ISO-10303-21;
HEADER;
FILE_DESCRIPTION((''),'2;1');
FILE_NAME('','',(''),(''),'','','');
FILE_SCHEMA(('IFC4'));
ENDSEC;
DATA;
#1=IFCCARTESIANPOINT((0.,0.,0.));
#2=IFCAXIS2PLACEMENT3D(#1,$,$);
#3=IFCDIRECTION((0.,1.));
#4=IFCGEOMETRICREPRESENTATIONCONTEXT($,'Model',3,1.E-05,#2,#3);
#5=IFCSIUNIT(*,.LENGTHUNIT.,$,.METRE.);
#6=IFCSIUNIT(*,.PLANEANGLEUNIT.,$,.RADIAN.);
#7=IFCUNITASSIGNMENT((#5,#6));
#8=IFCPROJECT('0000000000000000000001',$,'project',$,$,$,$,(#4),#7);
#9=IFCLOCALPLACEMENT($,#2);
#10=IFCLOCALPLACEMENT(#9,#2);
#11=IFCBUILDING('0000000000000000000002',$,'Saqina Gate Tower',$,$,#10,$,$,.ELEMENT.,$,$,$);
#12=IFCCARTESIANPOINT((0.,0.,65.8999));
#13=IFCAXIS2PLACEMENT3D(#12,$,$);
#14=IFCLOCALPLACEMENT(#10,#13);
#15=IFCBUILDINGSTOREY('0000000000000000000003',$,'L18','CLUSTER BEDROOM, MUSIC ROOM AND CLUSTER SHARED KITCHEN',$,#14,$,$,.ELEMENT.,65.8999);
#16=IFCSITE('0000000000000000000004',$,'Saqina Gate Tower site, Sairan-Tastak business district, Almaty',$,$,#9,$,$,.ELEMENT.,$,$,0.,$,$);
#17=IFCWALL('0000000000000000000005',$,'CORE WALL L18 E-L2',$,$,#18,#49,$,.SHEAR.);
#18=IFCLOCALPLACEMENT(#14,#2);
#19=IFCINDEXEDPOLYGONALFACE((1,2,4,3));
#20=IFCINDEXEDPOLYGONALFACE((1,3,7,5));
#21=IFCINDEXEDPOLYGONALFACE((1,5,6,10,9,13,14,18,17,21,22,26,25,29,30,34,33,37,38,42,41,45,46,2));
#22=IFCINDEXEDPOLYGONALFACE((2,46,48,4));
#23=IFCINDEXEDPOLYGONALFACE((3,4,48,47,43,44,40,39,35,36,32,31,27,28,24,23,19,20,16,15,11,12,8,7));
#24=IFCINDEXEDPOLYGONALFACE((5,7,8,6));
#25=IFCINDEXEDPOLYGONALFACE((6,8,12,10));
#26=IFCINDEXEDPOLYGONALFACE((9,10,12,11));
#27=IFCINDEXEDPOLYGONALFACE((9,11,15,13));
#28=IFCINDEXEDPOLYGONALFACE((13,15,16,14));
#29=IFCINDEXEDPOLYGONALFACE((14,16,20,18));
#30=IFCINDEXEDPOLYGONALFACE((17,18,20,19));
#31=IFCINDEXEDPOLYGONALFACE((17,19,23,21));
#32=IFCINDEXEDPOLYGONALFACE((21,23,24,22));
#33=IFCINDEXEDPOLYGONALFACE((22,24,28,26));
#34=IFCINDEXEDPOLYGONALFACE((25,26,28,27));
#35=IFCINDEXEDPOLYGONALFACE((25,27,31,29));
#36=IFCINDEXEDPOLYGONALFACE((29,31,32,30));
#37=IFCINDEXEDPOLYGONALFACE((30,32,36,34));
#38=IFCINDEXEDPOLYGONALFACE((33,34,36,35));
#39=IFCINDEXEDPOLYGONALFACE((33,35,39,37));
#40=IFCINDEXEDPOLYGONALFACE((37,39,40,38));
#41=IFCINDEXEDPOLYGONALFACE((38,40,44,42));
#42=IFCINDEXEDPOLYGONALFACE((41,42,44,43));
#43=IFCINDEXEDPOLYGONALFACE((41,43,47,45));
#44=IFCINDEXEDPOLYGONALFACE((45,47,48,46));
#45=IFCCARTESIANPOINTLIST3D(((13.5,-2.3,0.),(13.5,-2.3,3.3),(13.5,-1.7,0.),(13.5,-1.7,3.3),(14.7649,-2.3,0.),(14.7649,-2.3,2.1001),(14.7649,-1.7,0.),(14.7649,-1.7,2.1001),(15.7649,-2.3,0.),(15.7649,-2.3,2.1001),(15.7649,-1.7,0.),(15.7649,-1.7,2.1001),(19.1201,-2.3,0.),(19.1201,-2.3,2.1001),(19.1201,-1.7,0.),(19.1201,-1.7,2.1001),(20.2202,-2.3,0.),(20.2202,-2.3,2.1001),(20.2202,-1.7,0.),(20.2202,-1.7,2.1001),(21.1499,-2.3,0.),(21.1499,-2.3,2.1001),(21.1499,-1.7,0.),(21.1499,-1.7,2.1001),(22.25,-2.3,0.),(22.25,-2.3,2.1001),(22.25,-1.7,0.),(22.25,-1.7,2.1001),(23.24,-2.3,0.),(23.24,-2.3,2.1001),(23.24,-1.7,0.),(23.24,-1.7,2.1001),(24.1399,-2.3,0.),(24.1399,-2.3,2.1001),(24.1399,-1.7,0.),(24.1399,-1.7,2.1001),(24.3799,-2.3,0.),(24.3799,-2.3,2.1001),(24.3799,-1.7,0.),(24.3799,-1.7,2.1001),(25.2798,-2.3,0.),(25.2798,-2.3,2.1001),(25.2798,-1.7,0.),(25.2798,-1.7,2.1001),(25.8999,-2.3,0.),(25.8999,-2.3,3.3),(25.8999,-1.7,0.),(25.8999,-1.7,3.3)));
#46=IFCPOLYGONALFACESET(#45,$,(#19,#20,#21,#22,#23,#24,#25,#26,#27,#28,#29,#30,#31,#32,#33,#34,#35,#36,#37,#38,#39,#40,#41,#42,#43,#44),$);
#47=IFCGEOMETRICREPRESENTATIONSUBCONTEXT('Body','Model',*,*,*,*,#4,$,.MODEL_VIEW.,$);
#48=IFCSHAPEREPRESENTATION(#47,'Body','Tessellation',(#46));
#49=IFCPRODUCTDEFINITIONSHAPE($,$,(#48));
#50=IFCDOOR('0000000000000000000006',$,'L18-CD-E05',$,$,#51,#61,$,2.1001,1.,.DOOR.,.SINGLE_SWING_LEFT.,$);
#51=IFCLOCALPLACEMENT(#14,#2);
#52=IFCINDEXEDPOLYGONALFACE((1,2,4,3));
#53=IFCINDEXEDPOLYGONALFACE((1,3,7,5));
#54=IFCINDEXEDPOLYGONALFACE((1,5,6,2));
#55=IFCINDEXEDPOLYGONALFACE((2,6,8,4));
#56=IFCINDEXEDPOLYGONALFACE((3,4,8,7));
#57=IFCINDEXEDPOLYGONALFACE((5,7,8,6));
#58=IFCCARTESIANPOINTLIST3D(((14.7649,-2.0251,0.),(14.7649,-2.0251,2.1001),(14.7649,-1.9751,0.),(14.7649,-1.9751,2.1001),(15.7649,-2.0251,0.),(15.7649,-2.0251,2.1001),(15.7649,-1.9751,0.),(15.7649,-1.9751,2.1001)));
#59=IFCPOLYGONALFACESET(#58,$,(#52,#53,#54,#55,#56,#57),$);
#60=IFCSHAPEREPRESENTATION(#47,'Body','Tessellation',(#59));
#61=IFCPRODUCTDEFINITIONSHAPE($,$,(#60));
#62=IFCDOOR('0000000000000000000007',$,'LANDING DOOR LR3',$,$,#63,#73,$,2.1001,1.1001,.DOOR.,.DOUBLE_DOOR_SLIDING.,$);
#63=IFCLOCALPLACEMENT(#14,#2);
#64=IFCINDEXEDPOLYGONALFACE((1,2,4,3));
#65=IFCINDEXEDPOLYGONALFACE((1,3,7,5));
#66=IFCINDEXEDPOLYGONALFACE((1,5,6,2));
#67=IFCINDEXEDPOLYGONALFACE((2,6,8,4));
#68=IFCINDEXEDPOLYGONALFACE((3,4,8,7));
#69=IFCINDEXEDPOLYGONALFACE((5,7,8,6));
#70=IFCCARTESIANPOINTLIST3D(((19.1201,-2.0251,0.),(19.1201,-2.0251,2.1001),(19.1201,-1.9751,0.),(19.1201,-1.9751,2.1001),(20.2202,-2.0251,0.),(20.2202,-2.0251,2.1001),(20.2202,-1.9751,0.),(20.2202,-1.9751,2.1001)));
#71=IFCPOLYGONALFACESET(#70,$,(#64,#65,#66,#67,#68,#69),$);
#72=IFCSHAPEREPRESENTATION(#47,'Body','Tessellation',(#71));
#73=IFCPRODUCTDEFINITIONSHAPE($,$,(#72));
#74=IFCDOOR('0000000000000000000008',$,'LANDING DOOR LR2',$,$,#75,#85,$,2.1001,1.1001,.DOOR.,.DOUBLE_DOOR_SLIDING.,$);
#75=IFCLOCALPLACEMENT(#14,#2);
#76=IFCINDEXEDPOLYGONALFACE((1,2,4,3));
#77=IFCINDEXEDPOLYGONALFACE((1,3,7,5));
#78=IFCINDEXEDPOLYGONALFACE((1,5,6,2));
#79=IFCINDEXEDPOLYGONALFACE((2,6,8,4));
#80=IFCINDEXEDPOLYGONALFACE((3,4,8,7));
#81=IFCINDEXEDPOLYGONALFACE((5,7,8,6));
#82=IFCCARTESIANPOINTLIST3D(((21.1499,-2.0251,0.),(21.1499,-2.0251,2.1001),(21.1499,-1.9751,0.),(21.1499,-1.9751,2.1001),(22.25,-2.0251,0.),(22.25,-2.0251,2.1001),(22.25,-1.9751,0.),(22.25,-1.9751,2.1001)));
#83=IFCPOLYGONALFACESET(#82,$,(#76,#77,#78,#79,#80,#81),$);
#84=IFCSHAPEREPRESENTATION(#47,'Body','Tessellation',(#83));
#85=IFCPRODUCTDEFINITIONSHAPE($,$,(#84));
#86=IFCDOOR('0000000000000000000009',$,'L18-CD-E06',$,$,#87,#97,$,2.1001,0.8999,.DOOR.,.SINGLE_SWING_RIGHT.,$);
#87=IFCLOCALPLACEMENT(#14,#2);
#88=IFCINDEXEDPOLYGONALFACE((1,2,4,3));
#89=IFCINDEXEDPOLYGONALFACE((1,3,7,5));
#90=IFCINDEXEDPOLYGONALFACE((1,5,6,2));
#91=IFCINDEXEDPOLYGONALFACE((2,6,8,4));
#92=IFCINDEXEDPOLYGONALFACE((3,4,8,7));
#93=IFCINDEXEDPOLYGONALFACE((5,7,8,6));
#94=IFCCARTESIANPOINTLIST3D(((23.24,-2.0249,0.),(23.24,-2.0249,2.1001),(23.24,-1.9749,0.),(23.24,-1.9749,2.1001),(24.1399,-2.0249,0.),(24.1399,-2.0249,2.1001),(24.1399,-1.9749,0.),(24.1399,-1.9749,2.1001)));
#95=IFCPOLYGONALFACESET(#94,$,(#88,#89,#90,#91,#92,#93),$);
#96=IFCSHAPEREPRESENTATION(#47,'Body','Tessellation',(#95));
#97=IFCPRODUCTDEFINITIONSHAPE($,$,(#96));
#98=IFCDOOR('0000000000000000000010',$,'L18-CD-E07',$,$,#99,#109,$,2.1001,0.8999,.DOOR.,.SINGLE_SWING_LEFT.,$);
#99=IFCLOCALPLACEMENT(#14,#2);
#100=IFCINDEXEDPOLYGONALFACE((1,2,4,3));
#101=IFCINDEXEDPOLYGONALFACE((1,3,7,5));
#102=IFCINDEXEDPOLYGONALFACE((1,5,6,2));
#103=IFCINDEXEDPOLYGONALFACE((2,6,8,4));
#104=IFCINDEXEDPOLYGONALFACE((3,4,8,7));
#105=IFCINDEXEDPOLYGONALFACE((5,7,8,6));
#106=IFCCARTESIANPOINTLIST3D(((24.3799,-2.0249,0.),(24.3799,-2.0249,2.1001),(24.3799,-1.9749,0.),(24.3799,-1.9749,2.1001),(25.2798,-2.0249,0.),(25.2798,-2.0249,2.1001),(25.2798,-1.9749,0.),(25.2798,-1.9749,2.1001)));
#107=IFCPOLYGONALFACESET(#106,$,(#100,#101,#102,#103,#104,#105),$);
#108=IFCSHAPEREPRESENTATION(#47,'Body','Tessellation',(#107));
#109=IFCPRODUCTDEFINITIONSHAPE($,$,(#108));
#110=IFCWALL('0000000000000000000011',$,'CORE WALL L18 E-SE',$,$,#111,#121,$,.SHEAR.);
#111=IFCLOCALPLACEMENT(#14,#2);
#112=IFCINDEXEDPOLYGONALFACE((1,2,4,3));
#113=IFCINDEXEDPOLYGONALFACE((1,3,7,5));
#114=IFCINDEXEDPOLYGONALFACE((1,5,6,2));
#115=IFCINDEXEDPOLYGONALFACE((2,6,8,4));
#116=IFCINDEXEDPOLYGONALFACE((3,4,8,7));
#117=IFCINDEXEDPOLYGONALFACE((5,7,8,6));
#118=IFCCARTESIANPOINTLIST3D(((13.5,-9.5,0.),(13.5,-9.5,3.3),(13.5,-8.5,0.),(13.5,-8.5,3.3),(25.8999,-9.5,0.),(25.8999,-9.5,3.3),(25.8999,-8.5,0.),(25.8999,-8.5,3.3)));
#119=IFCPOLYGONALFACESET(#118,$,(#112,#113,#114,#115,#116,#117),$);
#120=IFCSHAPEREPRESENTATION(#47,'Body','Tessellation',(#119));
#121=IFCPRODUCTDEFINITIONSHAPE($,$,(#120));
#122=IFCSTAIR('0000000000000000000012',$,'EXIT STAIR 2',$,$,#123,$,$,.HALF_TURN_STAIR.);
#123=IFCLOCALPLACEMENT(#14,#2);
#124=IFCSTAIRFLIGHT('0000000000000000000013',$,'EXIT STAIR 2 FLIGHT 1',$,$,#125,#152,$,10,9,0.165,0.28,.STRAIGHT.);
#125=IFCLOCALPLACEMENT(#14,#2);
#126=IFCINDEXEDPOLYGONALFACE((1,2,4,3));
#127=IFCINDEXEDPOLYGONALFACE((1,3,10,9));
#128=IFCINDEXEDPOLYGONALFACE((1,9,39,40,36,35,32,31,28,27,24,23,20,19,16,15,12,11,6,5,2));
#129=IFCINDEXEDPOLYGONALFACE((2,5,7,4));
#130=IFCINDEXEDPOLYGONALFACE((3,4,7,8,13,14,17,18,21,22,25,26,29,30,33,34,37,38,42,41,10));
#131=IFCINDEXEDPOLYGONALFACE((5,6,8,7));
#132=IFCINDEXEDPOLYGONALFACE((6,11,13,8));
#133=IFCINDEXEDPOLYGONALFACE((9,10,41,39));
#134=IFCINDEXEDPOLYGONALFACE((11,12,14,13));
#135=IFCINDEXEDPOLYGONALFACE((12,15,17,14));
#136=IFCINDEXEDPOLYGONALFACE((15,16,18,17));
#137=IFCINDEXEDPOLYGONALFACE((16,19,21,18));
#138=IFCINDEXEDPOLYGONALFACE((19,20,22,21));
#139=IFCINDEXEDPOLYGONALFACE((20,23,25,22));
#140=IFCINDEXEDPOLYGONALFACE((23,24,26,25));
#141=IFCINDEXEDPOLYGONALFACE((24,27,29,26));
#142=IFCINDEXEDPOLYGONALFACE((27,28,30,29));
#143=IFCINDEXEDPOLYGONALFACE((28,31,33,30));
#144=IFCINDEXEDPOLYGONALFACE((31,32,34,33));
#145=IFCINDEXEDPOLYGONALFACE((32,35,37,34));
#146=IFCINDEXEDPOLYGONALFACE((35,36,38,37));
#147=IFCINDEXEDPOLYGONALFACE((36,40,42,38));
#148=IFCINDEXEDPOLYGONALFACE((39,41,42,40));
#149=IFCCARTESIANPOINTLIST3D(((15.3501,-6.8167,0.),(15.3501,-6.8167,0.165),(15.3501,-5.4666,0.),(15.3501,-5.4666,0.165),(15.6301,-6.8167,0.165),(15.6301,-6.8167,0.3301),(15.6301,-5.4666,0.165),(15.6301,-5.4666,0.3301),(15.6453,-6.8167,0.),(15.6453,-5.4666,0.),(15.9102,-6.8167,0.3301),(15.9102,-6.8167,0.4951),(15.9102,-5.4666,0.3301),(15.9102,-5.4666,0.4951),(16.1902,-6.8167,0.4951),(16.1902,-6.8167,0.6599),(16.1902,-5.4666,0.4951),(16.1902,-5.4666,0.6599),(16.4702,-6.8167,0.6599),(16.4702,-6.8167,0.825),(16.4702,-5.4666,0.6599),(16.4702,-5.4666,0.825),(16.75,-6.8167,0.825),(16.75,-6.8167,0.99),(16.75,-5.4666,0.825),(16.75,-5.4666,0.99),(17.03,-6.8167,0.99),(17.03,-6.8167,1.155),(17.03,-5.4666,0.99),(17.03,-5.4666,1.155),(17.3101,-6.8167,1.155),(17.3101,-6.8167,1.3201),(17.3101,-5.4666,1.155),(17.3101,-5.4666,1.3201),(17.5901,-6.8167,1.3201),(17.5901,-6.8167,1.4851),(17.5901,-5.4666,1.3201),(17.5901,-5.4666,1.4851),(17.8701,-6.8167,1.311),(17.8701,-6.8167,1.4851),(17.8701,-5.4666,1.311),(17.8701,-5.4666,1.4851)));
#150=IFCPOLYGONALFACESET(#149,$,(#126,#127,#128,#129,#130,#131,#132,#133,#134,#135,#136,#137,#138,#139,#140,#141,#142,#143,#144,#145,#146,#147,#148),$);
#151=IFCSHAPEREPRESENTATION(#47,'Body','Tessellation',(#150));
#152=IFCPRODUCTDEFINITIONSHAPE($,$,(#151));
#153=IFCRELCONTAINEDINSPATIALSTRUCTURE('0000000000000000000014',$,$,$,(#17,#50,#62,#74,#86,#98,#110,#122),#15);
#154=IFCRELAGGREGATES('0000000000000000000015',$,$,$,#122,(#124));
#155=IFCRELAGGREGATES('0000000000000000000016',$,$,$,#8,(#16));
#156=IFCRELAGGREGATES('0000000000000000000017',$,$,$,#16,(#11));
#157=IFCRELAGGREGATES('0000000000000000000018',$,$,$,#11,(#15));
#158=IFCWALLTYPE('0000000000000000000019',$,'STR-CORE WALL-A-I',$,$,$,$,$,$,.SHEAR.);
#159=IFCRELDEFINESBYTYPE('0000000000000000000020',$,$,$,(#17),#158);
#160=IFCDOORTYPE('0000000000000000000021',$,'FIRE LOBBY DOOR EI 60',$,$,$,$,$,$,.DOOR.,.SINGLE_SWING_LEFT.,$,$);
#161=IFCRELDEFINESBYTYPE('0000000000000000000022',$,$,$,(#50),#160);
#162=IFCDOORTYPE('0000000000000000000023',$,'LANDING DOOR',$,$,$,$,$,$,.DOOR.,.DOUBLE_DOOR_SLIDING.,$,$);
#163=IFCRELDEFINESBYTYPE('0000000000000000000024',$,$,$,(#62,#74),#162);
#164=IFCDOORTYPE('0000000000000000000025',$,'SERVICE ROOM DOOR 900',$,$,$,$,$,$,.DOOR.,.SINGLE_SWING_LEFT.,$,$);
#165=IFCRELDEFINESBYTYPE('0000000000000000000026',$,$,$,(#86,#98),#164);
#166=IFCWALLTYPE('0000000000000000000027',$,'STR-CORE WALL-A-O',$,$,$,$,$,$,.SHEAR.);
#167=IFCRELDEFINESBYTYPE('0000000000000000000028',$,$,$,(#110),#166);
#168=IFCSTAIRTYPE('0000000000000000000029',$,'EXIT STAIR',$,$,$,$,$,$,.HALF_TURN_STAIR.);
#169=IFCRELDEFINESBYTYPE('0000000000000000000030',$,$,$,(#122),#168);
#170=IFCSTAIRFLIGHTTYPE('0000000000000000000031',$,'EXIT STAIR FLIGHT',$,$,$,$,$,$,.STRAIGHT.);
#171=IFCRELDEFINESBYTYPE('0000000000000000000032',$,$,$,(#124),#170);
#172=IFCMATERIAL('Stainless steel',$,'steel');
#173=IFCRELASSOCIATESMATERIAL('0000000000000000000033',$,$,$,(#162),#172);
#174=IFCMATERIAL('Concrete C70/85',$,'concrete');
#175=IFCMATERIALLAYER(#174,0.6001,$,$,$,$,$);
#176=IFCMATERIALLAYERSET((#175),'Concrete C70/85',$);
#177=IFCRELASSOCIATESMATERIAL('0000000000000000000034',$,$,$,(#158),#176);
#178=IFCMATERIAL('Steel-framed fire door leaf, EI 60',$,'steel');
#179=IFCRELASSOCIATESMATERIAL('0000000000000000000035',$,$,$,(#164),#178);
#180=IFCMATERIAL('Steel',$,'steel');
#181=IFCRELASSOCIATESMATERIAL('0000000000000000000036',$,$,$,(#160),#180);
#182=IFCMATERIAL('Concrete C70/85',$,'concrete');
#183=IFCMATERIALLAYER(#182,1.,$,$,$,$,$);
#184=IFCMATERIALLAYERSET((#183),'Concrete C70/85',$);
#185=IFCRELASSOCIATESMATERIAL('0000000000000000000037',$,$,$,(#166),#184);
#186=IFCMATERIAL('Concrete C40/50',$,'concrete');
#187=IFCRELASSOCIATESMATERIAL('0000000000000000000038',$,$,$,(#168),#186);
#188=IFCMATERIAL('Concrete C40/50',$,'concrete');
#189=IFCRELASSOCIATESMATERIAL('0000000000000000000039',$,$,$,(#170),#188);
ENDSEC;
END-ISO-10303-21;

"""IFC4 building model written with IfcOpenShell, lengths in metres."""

from ifc_helpers import new_model, si_unit, direction, frame, frame_2d, origin, place, context, subcontext, project, spatial, polyline, rectangle, outline, extrude, material, layer, layer_set, type_object, element, fill, aggregate, save


model = new_model("IFC4")

# Units and contexts
model_context = context("Model", 3, precision=1e-05, world=origin(), true_north=direction((0.0, 1.0)))
body_context = subcontext(model_context, "Body", "Model", "MODEL_VIEW")
ifc_project = project(units=[si_unit("LENGTHUNIT", "METRE"), si_unit("PLANEANGLEUNIT", "RADIAN")], contexts=[model_context])

# Site, building, storey
site_placement = place(None, origin())
site = spatial("IfcSite", under=ifc_project, at=site_placement, Name="Saqina Gate Tower site, Sairan-Tastak business district, Almaty", CompositionType="ELEMENT", RefElevation=0.0)
building_placement = place(site_placement, origin())
building = spatial("IfcBuilding", under=site, at=building_placement, Name="Saqina Gate Tower", CompositionType="ELEMENT")
storey_placement = place(building_placement, frame((0.0, 0.0, 65.8999)))
storey = spatial("IfcBuildingStorey", under=building, at=storey_placement, Name="L18", Description="CLUSTER BEDROOM, MUSIC ROOM AND CLUSTER SHARED KITCHEN", CompositionType="ELEMENT", Elevation=65.8999)

# Shared definitions
ifc_material_1 = material(Name="Stainless steel", Category="steel")
door_type_1 = type_object("IfcDoorType", Name="LANDING DOOR", OperationType="DOUBLE_DOOR_SLIDING", PredefinedType="DOOR", material=ifc_material_1)

# Wall, openings, doors
ifc_material_2 = material(Name="Concrete C70/85", Category="concrete")
ifc_layer_1 = layer(ifc_material_2, 0.6001)
ifc_layer_set_1 = layer_set([ifc_layer_1], Name="Concrete C70/85")
wall_type_1 = type_object("IfcWallType", Name="STR-CORE WALL-A-I", PredefinedType="SHEAR", material=ifc_layer_set_1)
ifc_material_3 = material(Name="Steel-framed fire door leaf, EI 60", Category="steel")
door_type_2 = type_object("IfcDoorType", Name="SERVICE ROOM DOOR 900", OperationType="SINGLE_SWING_LEFT", PredefinedType="DOOR", material=ifc_material_3)
wall_1_placement = place(storey_placement, frame((13.5, -2.0, 0.0), z_axis=(0.0, 0.0, 1.0), x_axis=(1.0, 0.0, 0.0)))
wall_1 = element("IfcWall", 1, at=wall_1_placement, inside=storey, type_object=wall_type_1, Name="CORE WALL L18 E-L2", PredefinedType="SHEAR", context=body_context, shape_type="SweptSolid", body=[
    extrude(rectangle(XDim=12.3999, YDim=0.6001, at=frame_2d((6.2, 0.0))), origin(), (0.0, 0.0, 1.0), 3.3),
])
opening_1_placement = place(wall_1_placement, frame((5.6201, 0.0, 0.0)))
opening_1 = element("IfcOpeningElement", 2, at=opening_1_placement, cuts=wall_1, PredefinedType="OPENING", context=body_context, shape_type="SweptSolid", body=[
    extrude(rectangle(XDim=1.1001, YDim=2.1001, at=frame_2d((0.55, 1.05))), frame((0.0, 0.312, 0.0), z_axis=(0.0, -1.0, 0.0), x_axis=(1.0, 0.0, 0.0)), (0.0, 0.0, 1.0), 0.624),
])
opening_2_placement = place(wall_1_placement, frame((7.6499, 0.0, 0.0)))
opening_2 = element("IfcOpeningElement", 3, at=opening_2_placement, cuts=wall_1, PredefinedType="OPENING", context=body_context, shape_type="SweptSolid", body=[
    extrude(rectangle(XDim=1.1001, YDim=2.1001, at=frame_2d((0.55, 1.05))), frame((0.0, 0.312, 0.0), z_axis=(0.0, -1.0, 0.0), x_axis=(1.0, 0.0, 0.0)), (0.0, 0.0, 1.0), 0.624),
])
opening_3_placement = place(wall_1_placement, frame((1.2649, 0.0, 0.0)))
opening_3 = element("IfcOpeningElement", 4, at=opening_3_placement, cuts=wall_1, PredefinedType="OPENING", context=body_context, shape_type="SweptSolid", body=[
    extrude(rectangle(XDim=1.0, YDim=2.1001, at=frame_2d((0.5, 1.05))), frame((0.0, 0.312, 0.0), z_axis=(0.0, -1.0, 0.0), x_axis=(1.0, 0.0, 0.0)), (0.0, 0.0, 1.0), 0.624),
])
opening_4_placement = place(wall_1_placement, frame((9.74, 0.0, 0.0)))
opening_4 = element("IfcOpeningElement", 5, at=opening_4_placement, cuts=wall_1, PredefinedType="OPENING", context=body_context, shape_type="SweptSolid", body=[
    extrude(rectangle(XDim=0.8999, YDim=2.1001, at=frame_2d((0.45, 1.05))), frame((0.0, 0.312, 0.0), z_axis=(0.0, -1.0, 0.0), x_axis=(1.0, 0.0, 0.0)), (0.0, 0.0, 1.0), 0.624),
])
opening_5_placement = place(wall_1_placement, frame((10.8799, 0.0, 0.0)))
opening_5 = element("IfcOpeningElement", 6, at=opening_5_placement, cuts=wall_1, PredefinedType="OPENING", context=body_context, shape_type="SweptSolid", body=[
    extrude(rectangle(XDim=0.8999, YDim=2.1001, at=frame_2d((0.45, 1.05))), frame((0.0, 0.312, 0.0), z_axis=(0.0, -1.0, 0.0), x_axis=(1.0, 0.0, 0.0)), (0.0, 0.0, 1.0), 0.624),
])
ifc_material_4 = material(Name="Steel", Category="steel")
door_type_3 = type_object("IfcDoorType", Name="FIRE LOBBY DOOR EI 60", OperationType="SINGLE_SWING_LEFT", PredefinedType="DOOR", material=ifc_material_4)
door_1_placement = place(opening_3_placement, origin())
door_1 = element("IfcDoor", 7, at=door_1_placement, inside=storey, type_object=door_type_3, Name="L18-CD-E05", OperationType="SINGLE_SWING_LEFT", OverallHeight=2.1001, OverallWidth=1.0, PredefinedType="DOOR", context=body_context, shape_type="SweptSolid", body=[
    extrude(rectangle(XDim=1.0, YDim=2.1001, at=frame_2d((0.5, 1.05))), frame((0.0, 0.0249, 0.0), z_axis=(0.0, -1.0, 0.0), x_axis=(1.0, 0.0, 0.0)), (0.0, 0.0, 1.0), 0.05),
])
fill(opening_3, door_1)
door_2_placement = place(opening_1_placement, origin())
door_2 = element("IfcDoor", 8, at=door_2_placement, inside=storey, type_object=door_type_1, Name="LANDING DOOR LR3", OperationType="DOUBLE_DOOR_SLIDING", OverallHeight=2.1001, OverallWidth=1.1001, PredefinedType="DOOR", context=body_context, shape_type="SweptSolid", body=[
    extrude(rectangle(XDim=1.1001, YDim=2.1001, at=frame_2d((0.55, 1.05))), frame((0.0, 0.0249, 0.0), z_axis=(0.0, -1.0, 0.0), x_axis=(1.0, 0.0, 0.0)), (0.0, 0.0, 1.0), 0.05),
])
fill(opening_1, door_2)
door_3_placement = place(opening_2_placement, origin())
door_3 = element("IfcDoor", 9, at=door_3_placement, inside=storey, type_object=door_type_1, Name="LANDING DOOR LR2", OperationType="DOUBLE_DOOR_SLIDING", OverallHeight=2.1001, OverallWidth=1.1001, PredefinedType="DOOR", context=body_context, shape_type="SweptSolid", body=[
    extrude(rectangle(XDim=1.1001, YDim=2.1001, at=frame_2d((0.55, 1.05))), frame((0.0, 0.0249, 0.0), z_axis=(0.0, -1.0, 0.0), x_axis=(1.0, 0.0, 0.0)), (0.0, 0.0, 1.0), 0.05),
])
fill(opening_2, door_3)
door_4_placement = place(opening_4_placement, frame((0.8999, 0.0, 0.0), z_axis=(0.0, 0.0, 1.0), x_axis=(-1.0, 0.0, 0.0)))
door_4 = element("IfcDoor", 10, at=door_4_placement, inside=storey, type_object=door_type_2, Name="L18-CD-E06", OperationType="SINGLE_SWING_RIGHT", OverallHeight=2.1001, OverallWidth=0.8999, PredefinedType="DOOR", context=body_context, shape_type="SweptSolid", body=[
    extrude(rectangle(XDim=0.8999, YDim=2.1001, at=frame_2d((0.45, 1.05))), frame((0.0, 0.0249, 0.0), z_axis=(0.0, -1.0, 0.0), x_axis=(1.0, 0.0, 0.0)), (0.0, 0.0, 1.0), 0.05),
])
fill(opening_4, door_4)
door_5_placement = place(opening_5_placement, frame((0.8999, 0.0, 0.0), z_axis=(0.0, 0.0, 1.0), x_axis=(-1.0, 0.0, 0.0)))
door_5 = element("IfcDoor", 11, at=door_5_placement, inside=storey, type_object=door_type_2, Name="L18-CD-E07", OperationType="SINGLE_SWING_LEFT", OverallHeight=2.1001, OverallWidth=0.8999, PredefinedType="DOOR", context=body_context, shape_type="SweptSolid", body=[
    extrude(rectangle(XDim=0.8999, YDim=2.1001, at=frame_2d((0.45, 1.05))), frame((0.0, 0.0249, 0.0), z_axis=(0.0, -1.0, 0.0), x_axis=(1.0, 0.0, 0.0)), (0.0, 0.0, 1.0), 0.05),
])
fill(opening_5, door_5)
ifc_material_5 = material(Name="Concrete C70/85", Category="concrete")
ifc_layer_2 = layer(ifc_material_5, 1.0)
ifc_layer_set_2 = layer_set([ifc_layer_2], Name="Concrete C70/85")
wall_type_2 = type_object("IfcWallType", Name="STR-CORE WALL-A-O", PredefinedType="SHEAR", material=ifc_layer_set_2)

# Wall
wall_2_placement = place(storey_placement, frame((13.5, -9.0, 0.0), z_axis=(0.0, 0.0, 1.0), x_axis=(1.0, 0.0, 0.0)))
element("IfcWall", 12, at=wall_2_placement, inside=storey, type_object=wall_type_2, Name="CORE WALL L18 E-SE", PredefinedType="SHEAR", context=body_context, shape_type="SweptSolid", body=[
    extrude(rectangle(XDim=12.3999, YDim=1.0, at=frame_2d((6.2, 0.0))), origin(), (0.0, 0.0, 1.0), 3.3),
])

# Stair, stair flight
ifc_material_6 = material(Name="Concrete C40/50", Category="concrete")
stair_type = type_object("IfcStairType", Name="EXIT STAIR", PredefinedType="HALF_TURN_STAIR", material=ifc_material_6)
stair_placement = place(storey_placement, origin())
stair = element("IfcStair", 13, at=stair_placement, inside=storey, type_object=stair_type, Name="EXIT STAIR 2", PredefinedType="HALF_TURN_STAIR")
ifc_material_7 = material(Name="Concrete C40/50", Category="concrete")
stair_flight_type = type_object("IfcStairFlightType", Name="EXIT STAIR FLIGHT", PredefinedType="STRAIGHT", material=ifc_material_7)
stair_flight_1_placement = place(storey_placement, frame((15.3501, -6.1416, 0.0), z_axis=(0.0, 0.0, 1.0), x_axis=(1.0, 0.0, 0.0)))
stair_flight_1 = element("IfcStairFlight", 14, at=stair_flight_1_placement, type_object=stair_flight_type, Name="EXIT STAIR 2 FLIGHT 1", NumberOfRisers=10, NumberOfTreads=9, PredefinedType="STRAIGHT", RiserHeight=0.165, TreadLength=0.28, context=body_context, shape_type="SweptSolid", body=[
    extrude(outline(polyline([(0.0, 0.0), (0.0, 0.165), (0.28, 0.165), (0.28, 0.3301), (0.5601, 0.3301), (0.5601, 0.4951), (0.8401, 0.4951), (0.8401, 0.6599), (1.1201, 0.6599), (1.1201, 0.825), (1.3999, 0.825), (1.3999, 0.99), (1.6799, 0.99), (1.6799, 1.155), (1.96, 1.155), (1.96, 1.3201), (2.24, 1.3201), (2.24, 1.4851), (2.52, 1.4851), (2.52, 1.6499), (2.52, 1.311), (0.2952, 0.0), (0.0, 0.0)])), frame((0.0, 0.675, 0.0), z_axis=(0.0, -1.0, 0.0), x_axis=(1.0, 0.0, 0.0)), (0.0, 0.0, 1.0), 1.3501),
])
aggregate(stair, [stair_flight_1])

save(model, "model.ifc")
